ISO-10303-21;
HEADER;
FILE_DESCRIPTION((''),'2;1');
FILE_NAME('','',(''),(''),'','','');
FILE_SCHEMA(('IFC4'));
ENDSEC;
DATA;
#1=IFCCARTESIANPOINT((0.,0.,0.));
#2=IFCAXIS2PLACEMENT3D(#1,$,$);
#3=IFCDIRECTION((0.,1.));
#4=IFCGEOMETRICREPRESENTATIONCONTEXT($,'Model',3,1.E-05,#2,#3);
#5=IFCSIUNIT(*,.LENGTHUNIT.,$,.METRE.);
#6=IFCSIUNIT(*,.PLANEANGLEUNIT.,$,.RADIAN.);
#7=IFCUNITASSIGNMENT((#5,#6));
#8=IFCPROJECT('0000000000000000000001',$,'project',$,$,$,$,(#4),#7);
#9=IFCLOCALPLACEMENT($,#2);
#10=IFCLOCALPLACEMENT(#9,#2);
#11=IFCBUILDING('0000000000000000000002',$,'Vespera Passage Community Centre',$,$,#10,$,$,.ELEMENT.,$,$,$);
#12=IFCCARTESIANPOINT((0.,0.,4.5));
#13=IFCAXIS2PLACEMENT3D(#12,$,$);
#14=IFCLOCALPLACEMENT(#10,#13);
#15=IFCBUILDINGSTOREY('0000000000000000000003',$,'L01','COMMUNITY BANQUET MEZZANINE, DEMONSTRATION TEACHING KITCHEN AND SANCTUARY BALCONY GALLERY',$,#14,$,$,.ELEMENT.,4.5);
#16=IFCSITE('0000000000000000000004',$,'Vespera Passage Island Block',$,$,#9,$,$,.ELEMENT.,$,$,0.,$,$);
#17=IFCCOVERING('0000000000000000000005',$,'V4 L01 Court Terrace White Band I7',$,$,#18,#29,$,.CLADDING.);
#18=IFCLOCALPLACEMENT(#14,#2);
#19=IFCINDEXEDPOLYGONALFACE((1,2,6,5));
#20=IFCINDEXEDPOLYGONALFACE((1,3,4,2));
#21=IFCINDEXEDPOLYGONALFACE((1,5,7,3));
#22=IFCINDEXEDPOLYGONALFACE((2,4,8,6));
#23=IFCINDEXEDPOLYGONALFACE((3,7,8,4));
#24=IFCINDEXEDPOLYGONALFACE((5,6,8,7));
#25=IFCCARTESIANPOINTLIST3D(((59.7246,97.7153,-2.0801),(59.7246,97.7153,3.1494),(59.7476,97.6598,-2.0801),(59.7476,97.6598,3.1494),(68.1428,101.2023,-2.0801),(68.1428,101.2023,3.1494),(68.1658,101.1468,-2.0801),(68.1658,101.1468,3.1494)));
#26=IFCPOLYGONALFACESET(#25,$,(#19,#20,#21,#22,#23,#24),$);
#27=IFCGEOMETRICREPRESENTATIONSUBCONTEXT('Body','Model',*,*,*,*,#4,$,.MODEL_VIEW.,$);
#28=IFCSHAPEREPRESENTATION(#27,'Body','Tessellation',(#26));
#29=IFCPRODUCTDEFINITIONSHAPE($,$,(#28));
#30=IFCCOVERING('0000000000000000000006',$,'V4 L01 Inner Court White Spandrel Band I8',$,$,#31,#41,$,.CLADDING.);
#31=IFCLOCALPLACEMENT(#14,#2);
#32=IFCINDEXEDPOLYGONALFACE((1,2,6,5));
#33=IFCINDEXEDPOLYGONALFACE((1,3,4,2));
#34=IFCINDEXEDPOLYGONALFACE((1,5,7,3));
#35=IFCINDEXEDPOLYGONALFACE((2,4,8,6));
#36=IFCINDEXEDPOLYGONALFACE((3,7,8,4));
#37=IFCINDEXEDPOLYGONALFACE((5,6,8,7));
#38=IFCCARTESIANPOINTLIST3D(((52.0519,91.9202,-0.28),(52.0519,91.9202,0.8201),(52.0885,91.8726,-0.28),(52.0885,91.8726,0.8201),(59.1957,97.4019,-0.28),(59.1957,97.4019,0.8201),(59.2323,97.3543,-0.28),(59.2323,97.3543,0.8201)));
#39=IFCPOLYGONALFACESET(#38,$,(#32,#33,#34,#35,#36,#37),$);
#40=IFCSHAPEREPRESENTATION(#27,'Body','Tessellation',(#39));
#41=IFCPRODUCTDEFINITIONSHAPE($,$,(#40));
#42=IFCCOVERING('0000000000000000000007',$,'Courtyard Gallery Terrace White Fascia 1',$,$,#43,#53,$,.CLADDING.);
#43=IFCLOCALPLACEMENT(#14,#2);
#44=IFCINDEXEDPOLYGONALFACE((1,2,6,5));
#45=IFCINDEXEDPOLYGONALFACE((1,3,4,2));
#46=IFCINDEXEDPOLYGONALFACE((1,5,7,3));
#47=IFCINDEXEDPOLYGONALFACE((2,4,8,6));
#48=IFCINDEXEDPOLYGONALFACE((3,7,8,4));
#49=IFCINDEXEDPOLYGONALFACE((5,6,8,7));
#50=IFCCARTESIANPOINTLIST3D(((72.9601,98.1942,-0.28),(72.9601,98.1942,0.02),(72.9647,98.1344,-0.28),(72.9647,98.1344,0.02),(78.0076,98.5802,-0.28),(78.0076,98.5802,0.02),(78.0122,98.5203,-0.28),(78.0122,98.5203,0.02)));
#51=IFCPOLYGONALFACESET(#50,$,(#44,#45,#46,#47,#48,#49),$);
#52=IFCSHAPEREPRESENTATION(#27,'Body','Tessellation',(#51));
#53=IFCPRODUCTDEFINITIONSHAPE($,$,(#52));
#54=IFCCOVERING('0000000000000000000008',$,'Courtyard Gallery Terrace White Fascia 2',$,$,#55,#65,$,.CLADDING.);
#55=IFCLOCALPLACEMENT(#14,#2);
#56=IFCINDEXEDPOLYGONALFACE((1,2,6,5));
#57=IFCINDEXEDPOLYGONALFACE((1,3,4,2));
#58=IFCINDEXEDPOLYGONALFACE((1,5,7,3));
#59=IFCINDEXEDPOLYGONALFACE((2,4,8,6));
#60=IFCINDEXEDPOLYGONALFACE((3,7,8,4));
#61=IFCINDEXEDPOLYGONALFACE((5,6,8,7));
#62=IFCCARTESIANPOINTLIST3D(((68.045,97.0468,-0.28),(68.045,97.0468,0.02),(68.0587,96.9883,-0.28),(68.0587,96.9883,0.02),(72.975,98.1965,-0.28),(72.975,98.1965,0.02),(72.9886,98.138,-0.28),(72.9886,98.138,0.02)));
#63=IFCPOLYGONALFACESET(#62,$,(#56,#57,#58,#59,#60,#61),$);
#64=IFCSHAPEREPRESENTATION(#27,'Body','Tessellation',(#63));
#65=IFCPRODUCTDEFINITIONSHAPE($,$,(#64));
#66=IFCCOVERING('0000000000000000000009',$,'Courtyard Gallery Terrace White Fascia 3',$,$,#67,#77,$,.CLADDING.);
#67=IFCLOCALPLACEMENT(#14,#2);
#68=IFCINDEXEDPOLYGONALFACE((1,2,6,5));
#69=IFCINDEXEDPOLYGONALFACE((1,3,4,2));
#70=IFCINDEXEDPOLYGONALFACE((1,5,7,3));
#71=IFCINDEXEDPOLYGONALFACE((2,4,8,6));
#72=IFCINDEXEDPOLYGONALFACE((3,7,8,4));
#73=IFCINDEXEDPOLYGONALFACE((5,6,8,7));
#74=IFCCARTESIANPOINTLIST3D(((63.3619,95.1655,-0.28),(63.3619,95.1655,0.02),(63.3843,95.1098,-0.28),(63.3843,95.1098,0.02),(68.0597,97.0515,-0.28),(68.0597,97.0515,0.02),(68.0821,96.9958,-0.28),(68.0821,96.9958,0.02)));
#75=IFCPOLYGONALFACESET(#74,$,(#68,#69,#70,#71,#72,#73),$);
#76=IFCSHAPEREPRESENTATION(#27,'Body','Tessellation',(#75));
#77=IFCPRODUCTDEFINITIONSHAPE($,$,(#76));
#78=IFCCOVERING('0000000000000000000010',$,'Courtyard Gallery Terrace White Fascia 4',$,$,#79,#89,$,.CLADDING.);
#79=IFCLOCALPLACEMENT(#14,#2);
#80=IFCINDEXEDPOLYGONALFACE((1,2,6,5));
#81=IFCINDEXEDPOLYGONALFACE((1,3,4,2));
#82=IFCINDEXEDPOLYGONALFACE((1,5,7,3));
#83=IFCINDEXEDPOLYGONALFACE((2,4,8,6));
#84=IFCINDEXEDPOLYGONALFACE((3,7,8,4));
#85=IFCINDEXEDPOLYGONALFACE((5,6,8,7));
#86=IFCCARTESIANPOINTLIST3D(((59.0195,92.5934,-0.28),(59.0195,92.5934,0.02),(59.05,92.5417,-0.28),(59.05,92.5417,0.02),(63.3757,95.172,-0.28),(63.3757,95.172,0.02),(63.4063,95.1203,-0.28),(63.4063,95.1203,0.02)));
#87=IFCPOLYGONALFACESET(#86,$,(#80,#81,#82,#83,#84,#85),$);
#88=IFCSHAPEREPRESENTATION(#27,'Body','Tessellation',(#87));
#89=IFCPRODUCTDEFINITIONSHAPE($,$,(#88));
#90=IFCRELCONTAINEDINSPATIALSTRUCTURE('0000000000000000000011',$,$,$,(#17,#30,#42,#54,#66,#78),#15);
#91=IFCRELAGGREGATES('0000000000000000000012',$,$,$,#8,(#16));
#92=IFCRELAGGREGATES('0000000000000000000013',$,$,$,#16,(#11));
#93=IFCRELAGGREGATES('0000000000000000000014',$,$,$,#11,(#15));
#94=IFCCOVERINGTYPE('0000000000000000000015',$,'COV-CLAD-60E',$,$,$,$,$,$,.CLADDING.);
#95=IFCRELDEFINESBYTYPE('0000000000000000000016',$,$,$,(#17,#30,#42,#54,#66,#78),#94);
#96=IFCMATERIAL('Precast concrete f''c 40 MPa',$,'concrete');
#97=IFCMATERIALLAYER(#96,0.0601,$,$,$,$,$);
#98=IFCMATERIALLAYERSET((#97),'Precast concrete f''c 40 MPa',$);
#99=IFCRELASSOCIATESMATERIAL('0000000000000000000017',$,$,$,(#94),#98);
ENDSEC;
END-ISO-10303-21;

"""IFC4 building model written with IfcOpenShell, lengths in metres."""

from ifc_helpers import new_model, si_unit, direction, frame, frame_2d, origin, place, context, subcontext, project, spatial, rectangle, extrude, material, layer, layer_set, type_object, element, save


model = new_model("IFC4")

# Units and contexts
model_context = context("Model", 3, precision=1e-05, world=origin(), true_north=direction((0.0, 1.0)))
body_context = subcontext(model_context, "Body", "Model", "MODEL_VIEW")
ifc_project = project(units=[si_unit("LENGTHUNIT", "METRE"), si_unit("PLANEANGLEUNIT", "RADIAN")], contexts=[model_context])

# Site, building, storey
site_placement = place(None, origin())
site = spatial("IfcSite", under=ifc_project, at=site_placement, Name="Vespera Passage Island Block", CompositionType="ELEMENT", RefElevation=0.0)
building_placement = place(site_placement, origin())
building = spatial("IfcBuilding", under=site, at=building_placement, Name="Vespera Passage Community Centre", CompositionType="ELEMENT")
storey_placement = place(building_placement, frame((0.0, 0.0, 4.5)))
storey = spatial("IfcBuildingStorey", under=building, at=storey_placement, Name="L01", Description="COMMUNITY BANQUET MEZZANINE, DEMONSTRATION TEACHING KITCHEN AND SANCTUARY BALCONY GALLERY", CompositionType="ELEMENT", Elevation=4.5)

# Coverings
ifc_material_1 = material(Name="Precast concrete f'c 40 MPa", Category="concrete")
ifc_layer_1 = layer(ifc_material_1, 0.0601)
ifc_layer_set_1 = layer_set([ifc_layer_1], Name="Precast concrete f'c 40 MPa")
covering_type = type_object("IfcCoveringType", Name="COV-CLAD-60E", PredefinedType="CLADDING", material=ifc_layer_set_1)
covering_1_placement = place(storey_placement, frame((68.1543, 101.1746, -2.0801), z_axis=(0.0, 0.0, 1.0), x_axis=(-0.923875, -0.382695, 0.0)))
element("IfcCovering", 1, at=covering_1_placement, inside=storey, type_object=covering_type, Name="V4 L01 Court Terrace White Band I7", PredefinedType="CLADDING", context=body_context, shape_type="SweptSolid", body=[
    extrude(rectangle(XDim=9.1118, YDim=0.0601, at=frame_2d((4.5559, 0.0))), origin(), (0.0, 0.0, 1.0), 5.2295),
])
covering_2_placement = place(storey_placement, frame((59.2141, 97.3782, -0.28), z_axis=(0.0, 0.0, 1.0), x_axis=(-0.79335, -0.608766, 0.0)))
element("IfcCovering", 2, at=covering_2_placement, inside=storey, type_object=covering_type, Name="V4 L01 Inner Court White Spandrel Band I8", PredefinedType="CLADDING", context=body_context, shape_type="SweptSolid", body=[
    extrude(rectangle(XDim=9.0046, YDim=0.0601, at=frame_2d((4.5024, 0.0))), origin(), (0.0, 0.0, 1.0), 1.1001),
])
for number, where, z_axis, x_axis, name in (
    (3, (78.01, 98.5503, -0.28), (0.0, 0.0, 1.0), (-0.997089, -0.076247, 0.0), "Courtyard Gallery Terrace White Fascia 1"),
    (4, (72.9819, 98.1672, -0.28), (0.0, 0.0, 1.0), (-0.97387, -0.227106, 0.0), "Courtyard Gallery Terrace White Fascia 2"),
    (5, (68.071, 97.0237, -0.28), (0.0, 0.0, 1.0), (-0.928007, -0.372563, 0.0), "Courtyard Gallery Terrace White Fascia 3"),
    (6, (63.3911, 95.1462, -0.28), (0.0, 0.0, 1.0), (-0.860537, -0.509387, 0.0), "Courtyard Gallery Terrace White Fascia 4"),
):
    element("IfcCovering", number, at=place(storey_placement, frame(where, z_axis=z_axis, x_axis=x_axis)), inside=storey, type_object=covering_type, Name=name, PredefinedType="CLADDING", context=body_context, shape_type="SweptSolid", body=[
        extrude(rectangle(XDim=5.0623, YDim=0.0601, at=frame_2d((2.5312, 0.0))), origin(), (0.0, 0.0, 1.0), 0.3),
    ])

save(model, "model.ifc")
